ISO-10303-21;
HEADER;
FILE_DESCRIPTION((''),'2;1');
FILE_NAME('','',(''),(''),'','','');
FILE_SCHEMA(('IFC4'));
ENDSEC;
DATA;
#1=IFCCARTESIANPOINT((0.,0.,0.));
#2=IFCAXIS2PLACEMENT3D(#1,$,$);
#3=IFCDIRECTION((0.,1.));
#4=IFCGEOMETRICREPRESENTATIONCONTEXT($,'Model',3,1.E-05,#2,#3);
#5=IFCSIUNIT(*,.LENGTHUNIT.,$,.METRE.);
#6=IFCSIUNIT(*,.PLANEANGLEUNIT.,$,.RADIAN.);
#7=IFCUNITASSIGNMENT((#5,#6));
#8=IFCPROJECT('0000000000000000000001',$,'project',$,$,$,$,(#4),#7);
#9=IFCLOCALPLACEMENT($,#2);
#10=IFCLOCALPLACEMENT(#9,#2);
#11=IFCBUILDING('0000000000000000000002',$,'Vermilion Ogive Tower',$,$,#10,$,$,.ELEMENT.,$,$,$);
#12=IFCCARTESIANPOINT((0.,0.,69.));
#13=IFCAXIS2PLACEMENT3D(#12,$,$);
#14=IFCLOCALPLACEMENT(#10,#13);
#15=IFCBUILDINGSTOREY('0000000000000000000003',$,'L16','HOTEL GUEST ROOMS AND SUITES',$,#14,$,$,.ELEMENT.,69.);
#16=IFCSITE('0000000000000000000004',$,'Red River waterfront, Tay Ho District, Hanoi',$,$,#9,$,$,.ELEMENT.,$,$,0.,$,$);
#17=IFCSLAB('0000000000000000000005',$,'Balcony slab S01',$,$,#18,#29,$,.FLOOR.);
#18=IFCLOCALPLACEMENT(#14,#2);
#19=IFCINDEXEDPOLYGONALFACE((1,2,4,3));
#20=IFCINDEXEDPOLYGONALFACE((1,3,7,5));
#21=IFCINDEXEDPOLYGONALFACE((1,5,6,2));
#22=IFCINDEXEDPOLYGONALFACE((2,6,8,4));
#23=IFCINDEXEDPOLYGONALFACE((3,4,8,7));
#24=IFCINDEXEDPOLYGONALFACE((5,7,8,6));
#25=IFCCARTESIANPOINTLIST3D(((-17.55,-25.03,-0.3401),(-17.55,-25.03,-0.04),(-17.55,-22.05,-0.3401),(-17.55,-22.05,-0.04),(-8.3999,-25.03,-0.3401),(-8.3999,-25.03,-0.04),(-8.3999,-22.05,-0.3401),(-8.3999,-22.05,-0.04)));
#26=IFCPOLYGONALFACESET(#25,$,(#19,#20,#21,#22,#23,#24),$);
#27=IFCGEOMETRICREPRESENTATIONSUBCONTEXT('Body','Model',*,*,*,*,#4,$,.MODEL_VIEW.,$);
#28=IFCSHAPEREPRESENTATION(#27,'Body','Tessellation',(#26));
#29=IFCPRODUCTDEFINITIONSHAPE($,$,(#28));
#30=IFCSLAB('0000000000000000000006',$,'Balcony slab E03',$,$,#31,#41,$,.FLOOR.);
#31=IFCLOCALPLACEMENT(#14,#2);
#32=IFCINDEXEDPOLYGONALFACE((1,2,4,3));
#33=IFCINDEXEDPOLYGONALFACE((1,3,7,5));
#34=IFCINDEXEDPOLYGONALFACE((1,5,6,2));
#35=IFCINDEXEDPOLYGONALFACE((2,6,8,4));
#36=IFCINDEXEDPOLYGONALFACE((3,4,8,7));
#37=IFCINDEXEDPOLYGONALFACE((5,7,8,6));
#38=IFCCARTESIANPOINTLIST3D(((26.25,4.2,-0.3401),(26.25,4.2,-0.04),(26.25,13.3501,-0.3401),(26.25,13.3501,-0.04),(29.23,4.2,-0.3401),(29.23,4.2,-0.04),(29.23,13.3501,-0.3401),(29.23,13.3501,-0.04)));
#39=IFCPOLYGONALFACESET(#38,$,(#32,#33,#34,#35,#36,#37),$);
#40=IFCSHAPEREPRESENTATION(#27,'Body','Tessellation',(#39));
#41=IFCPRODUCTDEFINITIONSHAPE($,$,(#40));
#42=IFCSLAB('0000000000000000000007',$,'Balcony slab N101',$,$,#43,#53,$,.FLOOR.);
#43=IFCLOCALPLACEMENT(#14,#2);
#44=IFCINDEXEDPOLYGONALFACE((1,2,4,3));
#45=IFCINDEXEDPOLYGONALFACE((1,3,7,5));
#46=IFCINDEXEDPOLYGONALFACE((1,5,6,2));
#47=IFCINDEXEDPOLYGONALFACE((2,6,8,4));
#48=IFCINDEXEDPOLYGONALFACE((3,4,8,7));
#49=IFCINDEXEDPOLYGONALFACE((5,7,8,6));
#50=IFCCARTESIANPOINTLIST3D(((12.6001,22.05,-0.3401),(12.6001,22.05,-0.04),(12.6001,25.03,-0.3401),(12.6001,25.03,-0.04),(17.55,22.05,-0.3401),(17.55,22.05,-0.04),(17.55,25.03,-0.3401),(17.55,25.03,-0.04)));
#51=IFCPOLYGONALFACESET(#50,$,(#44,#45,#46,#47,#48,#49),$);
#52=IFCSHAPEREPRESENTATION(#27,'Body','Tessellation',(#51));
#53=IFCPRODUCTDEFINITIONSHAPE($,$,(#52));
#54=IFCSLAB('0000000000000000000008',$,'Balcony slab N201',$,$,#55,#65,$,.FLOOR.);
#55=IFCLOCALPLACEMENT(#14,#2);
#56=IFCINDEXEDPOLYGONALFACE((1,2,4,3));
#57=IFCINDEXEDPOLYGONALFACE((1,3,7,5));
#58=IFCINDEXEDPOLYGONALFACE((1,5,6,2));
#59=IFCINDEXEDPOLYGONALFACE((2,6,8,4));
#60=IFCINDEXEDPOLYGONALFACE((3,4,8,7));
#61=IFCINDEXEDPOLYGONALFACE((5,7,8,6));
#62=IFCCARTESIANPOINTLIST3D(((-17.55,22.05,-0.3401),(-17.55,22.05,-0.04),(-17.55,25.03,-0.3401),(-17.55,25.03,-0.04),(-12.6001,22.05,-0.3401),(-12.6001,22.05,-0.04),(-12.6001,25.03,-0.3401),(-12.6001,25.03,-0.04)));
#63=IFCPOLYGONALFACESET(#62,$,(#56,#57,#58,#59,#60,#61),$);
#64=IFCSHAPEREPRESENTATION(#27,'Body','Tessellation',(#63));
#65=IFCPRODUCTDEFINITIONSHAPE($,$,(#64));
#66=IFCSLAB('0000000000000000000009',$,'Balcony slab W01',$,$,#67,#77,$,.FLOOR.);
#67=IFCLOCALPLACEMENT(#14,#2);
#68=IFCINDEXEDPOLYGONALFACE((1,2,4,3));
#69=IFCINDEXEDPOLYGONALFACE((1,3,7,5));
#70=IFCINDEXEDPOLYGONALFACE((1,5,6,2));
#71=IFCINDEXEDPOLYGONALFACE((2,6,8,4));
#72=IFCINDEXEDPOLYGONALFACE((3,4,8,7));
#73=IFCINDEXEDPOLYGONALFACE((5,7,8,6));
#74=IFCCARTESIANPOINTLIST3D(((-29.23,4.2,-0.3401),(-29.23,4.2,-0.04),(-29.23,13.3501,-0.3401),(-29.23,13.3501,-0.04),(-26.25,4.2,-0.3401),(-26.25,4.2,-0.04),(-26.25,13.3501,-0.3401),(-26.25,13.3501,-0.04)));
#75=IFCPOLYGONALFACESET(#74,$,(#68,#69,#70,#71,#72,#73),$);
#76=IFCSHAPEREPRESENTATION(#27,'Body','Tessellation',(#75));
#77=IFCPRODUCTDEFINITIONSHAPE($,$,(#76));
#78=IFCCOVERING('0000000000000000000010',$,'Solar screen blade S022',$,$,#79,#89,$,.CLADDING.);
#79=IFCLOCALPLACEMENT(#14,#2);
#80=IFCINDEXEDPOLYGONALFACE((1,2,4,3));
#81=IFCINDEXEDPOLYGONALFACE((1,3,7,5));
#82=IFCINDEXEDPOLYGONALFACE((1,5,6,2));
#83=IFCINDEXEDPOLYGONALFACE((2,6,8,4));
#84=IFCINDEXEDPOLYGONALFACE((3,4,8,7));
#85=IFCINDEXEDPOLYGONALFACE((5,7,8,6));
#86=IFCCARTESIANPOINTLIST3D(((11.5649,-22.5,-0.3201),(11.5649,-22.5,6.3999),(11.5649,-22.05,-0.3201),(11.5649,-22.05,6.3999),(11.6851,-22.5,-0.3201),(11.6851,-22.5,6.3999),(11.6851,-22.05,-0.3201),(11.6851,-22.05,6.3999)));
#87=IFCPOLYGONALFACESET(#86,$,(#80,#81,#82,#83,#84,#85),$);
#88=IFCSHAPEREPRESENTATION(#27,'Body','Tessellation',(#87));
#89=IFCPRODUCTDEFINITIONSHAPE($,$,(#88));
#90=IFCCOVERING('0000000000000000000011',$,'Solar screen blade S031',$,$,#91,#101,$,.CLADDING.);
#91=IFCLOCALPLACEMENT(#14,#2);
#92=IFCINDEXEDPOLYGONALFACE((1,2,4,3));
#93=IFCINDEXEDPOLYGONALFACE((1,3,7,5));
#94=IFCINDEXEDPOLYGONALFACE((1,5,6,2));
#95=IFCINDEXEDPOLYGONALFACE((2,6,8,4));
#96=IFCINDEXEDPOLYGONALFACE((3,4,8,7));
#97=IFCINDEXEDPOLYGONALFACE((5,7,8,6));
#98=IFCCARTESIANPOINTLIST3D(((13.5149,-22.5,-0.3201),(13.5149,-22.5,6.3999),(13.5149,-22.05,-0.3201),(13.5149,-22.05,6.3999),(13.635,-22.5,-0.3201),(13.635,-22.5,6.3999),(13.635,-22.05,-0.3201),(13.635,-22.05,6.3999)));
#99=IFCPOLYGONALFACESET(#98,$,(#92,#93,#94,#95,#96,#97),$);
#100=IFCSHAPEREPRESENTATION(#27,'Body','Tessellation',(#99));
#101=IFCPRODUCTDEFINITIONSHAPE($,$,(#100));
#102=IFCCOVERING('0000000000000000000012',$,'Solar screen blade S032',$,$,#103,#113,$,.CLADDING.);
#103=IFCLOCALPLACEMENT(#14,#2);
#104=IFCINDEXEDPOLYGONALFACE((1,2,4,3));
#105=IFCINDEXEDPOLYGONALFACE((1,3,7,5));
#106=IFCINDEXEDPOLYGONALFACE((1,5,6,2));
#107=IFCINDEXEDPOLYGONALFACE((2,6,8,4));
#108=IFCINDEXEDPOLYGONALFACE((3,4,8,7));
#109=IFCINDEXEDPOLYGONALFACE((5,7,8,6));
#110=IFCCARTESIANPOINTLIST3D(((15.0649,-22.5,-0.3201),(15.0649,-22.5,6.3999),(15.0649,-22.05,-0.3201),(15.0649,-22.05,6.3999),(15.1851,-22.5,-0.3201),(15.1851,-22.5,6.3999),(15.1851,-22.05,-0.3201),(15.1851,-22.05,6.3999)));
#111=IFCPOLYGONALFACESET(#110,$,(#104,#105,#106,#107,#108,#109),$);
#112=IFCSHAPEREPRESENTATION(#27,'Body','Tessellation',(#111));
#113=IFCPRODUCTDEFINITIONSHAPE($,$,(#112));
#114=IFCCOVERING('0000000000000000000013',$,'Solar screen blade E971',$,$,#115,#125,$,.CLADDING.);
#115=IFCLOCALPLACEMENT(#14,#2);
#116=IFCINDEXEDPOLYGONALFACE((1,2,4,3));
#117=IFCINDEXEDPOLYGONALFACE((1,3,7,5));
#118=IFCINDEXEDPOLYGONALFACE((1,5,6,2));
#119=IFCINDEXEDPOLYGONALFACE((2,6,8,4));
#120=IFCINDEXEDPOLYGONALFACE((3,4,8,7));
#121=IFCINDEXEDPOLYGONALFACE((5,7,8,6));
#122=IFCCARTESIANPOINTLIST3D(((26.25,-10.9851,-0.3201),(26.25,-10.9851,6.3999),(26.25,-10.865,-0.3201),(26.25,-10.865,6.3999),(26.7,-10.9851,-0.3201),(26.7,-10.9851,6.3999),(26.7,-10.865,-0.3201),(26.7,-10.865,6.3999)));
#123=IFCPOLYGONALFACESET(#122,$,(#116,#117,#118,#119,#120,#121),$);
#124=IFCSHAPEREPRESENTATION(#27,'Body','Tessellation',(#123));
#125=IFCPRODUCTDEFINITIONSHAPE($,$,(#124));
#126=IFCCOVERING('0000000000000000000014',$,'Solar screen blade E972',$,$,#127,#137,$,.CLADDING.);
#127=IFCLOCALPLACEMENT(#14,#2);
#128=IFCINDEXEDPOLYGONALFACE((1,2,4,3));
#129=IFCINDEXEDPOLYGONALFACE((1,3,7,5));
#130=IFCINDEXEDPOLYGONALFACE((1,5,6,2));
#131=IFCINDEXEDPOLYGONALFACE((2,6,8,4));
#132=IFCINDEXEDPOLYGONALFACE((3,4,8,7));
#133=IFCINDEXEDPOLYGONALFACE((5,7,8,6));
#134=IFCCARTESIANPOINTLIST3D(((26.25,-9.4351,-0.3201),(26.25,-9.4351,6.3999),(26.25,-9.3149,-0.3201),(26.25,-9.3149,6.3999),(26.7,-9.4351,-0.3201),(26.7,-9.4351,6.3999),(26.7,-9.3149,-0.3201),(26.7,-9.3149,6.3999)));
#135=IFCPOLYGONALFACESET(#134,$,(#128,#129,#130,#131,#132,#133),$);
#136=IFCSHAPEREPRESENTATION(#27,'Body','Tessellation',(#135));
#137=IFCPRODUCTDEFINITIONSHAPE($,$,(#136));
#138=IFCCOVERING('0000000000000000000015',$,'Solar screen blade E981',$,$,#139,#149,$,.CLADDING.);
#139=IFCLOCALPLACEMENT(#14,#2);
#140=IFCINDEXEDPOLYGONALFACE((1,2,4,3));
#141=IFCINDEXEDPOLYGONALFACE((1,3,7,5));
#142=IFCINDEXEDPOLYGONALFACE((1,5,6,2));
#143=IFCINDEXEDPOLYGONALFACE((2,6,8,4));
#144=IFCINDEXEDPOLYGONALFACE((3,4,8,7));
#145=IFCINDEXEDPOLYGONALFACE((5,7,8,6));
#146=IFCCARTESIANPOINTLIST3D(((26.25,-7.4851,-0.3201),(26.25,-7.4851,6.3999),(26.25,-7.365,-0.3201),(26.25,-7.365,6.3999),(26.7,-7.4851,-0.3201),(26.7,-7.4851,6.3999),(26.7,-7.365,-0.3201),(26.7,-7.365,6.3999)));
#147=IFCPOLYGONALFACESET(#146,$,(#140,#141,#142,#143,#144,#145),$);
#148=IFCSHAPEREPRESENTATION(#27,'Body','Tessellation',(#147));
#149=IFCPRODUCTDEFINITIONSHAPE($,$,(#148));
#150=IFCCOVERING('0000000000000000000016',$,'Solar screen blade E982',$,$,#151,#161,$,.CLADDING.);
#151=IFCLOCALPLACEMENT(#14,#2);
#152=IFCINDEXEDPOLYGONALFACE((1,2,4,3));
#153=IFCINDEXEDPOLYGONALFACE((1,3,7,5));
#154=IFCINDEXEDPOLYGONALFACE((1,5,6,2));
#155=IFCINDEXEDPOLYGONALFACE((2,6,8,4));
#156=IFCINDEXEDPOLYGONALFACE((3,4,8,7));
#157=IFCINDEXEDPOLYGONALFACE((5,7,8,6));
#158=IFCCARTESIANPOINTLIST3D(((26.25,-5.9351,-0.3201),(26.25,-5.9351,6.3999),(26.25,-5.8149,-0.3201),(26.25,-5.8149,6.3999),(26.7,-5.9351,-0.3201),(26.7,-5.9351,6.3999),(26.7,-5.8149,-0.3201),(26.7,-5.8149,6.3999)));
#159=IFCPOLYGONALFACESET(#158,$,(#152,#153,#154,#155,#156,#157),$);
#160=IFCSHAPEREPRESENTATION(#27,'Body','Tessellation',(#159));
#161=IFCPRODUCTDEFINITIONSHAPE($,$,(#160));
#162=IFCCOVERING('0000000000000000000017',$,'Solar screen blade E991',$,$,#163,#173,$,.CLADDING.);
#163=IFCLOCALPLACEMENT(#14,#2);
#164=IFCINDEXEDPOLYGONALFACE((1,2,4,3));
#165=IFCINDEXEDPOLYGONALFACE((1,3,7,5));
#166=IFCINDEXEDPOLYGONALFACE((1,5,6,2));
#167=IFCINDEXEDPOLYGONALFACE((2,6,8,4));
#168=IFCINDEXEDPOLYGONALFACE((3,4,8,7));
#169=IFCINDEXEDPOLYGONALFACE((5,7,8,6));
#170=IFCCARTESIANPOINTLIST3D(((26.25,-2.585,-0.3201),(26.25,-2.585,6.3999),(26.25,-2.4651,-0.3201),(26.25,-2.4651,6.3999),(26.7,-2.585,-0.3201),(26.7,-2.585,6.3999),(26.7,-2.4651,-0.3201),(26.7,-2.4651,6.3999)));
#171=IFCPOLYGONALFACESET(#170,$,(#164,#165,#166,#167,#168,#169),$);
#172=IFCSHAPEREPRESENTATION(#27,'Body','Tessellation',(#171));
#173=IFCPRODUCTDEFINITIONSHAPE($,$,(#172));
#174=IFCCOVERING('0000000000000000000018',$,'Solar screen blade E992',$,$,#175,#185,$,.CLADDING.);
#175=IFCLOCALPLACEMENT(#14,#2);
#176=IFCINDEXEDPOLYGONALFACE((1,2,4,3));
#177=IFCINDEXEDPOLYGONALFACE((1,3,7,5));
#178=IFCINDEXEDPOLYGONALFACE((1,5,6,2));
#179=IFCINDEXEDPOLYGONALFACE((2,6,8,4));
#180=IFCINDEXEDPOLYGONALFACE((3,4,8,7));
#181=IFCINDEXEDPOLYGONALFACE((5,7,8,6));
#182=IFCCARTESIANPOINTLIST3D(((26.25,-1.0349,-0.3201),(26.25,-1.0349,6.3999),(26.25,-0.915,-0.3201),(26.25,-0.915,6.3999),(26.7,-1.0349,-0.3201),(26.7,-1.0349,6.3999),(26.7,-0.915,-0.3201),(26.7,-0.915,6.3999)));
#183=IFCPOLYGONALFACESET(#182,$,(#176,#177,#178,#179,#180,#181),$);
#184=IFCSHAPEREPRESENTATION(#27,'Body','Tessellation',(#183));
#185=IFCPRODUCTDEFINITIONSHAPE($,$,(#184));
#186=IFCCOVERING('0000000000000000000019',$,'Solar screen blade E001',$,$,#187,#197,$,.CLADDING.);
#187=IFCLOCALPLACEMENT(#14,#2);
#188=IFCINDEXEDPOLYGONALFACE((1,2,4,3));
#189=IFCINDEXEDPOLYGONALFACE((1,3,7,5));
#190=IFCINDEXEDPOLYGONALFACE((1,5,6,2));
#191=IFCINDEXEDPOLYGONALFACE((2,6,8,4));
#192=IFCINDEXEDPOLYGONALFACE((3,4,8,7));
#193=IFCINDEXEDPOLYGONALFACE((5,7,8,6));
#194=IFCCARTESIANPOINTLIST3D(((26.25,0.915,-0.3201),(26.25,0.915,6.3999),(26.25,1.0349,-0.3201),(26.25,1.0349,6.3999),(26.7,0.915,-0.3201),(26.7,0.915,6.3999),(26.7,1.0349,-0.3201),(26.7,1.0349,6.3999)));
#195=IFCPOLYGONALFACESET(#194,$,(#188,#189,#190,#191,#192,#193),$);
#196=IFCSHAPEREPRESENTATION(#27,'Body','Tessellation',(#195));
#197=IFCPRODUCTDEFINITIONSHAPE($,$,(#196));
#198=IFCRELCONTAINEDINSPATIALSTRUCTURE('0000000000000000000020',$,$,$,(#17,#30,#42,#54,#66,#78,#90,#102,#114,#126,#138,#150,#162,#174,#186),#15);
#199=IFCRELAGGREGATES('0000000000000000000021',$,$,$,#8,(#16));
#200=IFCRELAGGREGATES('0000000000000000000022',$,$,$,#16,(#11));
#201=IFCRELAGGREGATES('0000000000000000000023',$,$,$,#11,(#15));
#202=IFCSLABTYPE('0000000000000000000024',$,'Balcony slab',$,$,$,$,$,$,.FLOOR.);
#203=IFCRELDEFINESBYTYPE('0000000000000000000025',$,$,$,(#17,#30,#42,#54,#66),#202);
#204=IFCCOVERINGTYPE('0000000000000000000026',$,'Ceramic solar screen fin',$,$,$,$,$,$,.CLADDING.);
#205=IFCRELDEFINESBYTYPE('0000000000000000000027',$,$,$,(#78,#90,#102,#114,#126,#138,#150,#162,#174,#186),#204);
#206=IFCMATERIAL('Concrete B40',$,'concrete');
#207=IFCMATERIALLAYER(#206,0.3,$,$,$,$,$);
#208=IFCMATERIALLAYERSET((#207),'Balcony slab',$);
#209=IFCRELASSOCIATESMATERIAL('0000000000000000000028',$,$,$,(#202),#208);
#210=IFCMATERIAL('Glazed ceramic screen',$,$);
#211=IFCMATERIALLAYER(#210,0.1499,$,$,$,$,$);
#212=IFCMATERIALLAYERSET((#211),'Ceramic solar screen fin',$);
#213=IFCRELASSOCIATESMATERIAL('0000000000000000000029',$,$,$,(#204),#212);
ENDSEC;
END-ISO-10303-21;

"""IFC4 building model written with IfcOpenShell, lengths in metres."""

from ifc_helpers import new_model, si_unit, direction, frame, origin, place, context, subcontext, project, spatial, polyline, outline, extrude, material, layer, layer_set, type_object, element, save


model = new_model("IFC4")

# Units and contexts
model_context = context("Model", 3, precision=1e-05, world=origin(), true_north=direction((0.0, 1.0)))
body_context = subcontext(model_context, "Body", "Model", "MODEL_VIEW")
ifc_project = project(units=[si_unit("LENGTHUNIT", "METRE"), si_unit("PLANEANGLEUNIT", "RADIAN")], contexts=[model_context])

# Site, building, storey
site_placement = place(None, origin())
site = spatial("IfcSite", under=ifc_project, at=site_placement, Name="Red River waterfront, Tay Ho District, Hanoi", CompositionType="ELEMENT", RefElevation=0.0)
building_placement = place(site_placement, origin())
building = spatial("IfcBuilding", under=site, at=building_placement, Name="Vermilion Ogive Tower", CompositionType="ELEMENT")
storey_placement = place(building_placement, frame((0.0, 0.0, 69.0)))
storey = spatial("IfcBuildingStorey", under=building, at=storey_placement, Name="L16", Description="HOTEL GUEST ROOMS AND SUITES", CompositionType="ELEMENT", Elevation=69.0)

# Slabs
ifc_material_1 = material(Name="Concrete B40", Category="concrete")
ifc_layer_1 = layer(ifc_material_1, 0.3)
ifc_layer_set_1 = layer_set([ifc_layer_1], Name="Balcony slab")
slab_type = type_object("IfcSlabType", Name="Balcony slab", PredefinedType="FLOOR", material=ifc_layer_set_1)
slab_1_placement = place(storey_placement, frame((0.0, 0.0, -0.3401)))
element("IfcSlab", 1, at=slab_1_placement, inside=storey, type_object=slab_type, Name="Balcony slab S01", PredefinedType="FLOOR", context=body_context, shape_type="SweptSolid", body=[
    extrude(outline(polyline([(-17.55, -25.03), (-8.3999, -25.03), (-8.3999, -22.05), (-17.55, -22.05), (-17.55, -25.03)])), origin(), (0.0, 0.0, 1.0), 0.3),
])
slab_2_placement = place(storey_placement, frame((0.0, 0.0, -0.3401)))
element("IfcSlab", 2, at=slab_2_placement, inside=storey, type_object=slab_type, Name="Balcony slab E03", PredefinedType="FLOOR", context=body_context, shape_type="SweptSolid", body=[
    extrude(outline(polyline([(29.23, 4.2), (29.23, 13.3501), (26.25, 13.3501), (26.25, 4.2), (29.23, 4.2)])), origin(), (0.0, 0.0, 1.0), 0.3),
])
slab_3_placement = place(storey_placement, frame((0.0, 0.0, -0.3401)))
element("IfcSlab", 3, at=slab_3_placement, inside=storey, type_object=slab_type, Name="Balcony slab N101", PredefinedType="FLOOR", context=body_context, shape_type="SweptSolid", body=[
    extrude(outline(polyline([(17.55, 25.03), (12.6001, 25.03), (12.6001, 22.05), (17.55, 22.05), (17.55, 25.03)])), origin(), (0.0, 0.0, 1.0), 0.3),
])
slab_4_placement = place(storey_placement, frame((0.0, 0.0, -0.3401)))
element("IfcSlab", 4, at=slab_4_placement, inside=storey, type_object=slab_type, Name="Balcony slab N201", PredefinedType="FLOOR", context=body_context, shape_type="SweptSolid", body=[
    extrude(outline(polyline([(-12.6001, 25.03), (-17.55, 25.03), (-17.55, 22.05), (-12.6001, 22.05), (-12.6001, 25.03)])), origin(), (0.0, 0.0, 1.0), 0.3),
])
slab_5_placement = place(storey_placement, frame((0.0, 0.0, -0.3401)))
element("IfcSlab", 5, at=slab_5_placement, inside=storey, type_object=slab_type, Name="Balcony slab W01", PredefinedType="FLOOR", context=body_context, shape_type="SweptSolid", body=[
    extrude(outline(polyline([(-29.23, 13.3501), (-29.23, 4.2), (-26.25, 4.2), (-26.25, 13.3501), (-29.23, 13.3501)])), origin(), (0.0, 0.0, 1.0), 0.3),
])

# Coverings
ifc_material_2 = material(Name="Glazed ceramic screen")
ifc_layer_2 = layer(ifc_material_2, 0.1499)
ifc_layer_set_2 = layer_set([ifc_layer_2], Name="Ceramic solar screen fin")
covering_type_1 = type_object("IfcCoveringType", Name="Ceramic solar screen fin", PredefinedType="CLADDING", material=ifc_layer_set_2)
covering_1_placement = place(storey_placement, frame((0.0, 0.0, -0.3201)))
element("IfcCovering", 6, at=covering_1_placement, inside=storey, type_object=covering_type_1, Name="Solar screen blade S022", PredefinedType="CLADDING", context=body_context, shape_type="SweptSolid", body=[
    extrude(outline(polyline([(11.5649, -22.5), (11.6851, -22.5), (11.6851, -22.05), (11.5649, -22.05), (11.5649, -22.5)])), origin(), (0.0, 0.0, 1.0), 6.72),
])
covering_2_placement = place(storey_placement, frame((0.0, 0.0, -0.3201)))
element("IfcCovering", 7, at=covering_2_placement, inside=storey, type_object=covering_type_1, Name="Solar screen blade S031", PredefinedType="CLADDING", context=body_context, shape_type="SweptSolid", body=[
    extrude(outline(polyline([(13.5149, -22.5), (13.635, -22.5), (13.635, -22.05), (13.5149, -22.05), (13.5149, -22.5)])), origin(), (0.0, 0.0, 1.0), 6.72),
])
covering_3_placement = place(storey_placement, frame((0.0, 0.0, -0.3201)))
element("IfcCovering", 8, at=covering_3_placement, inside=storey, type_object=covering_type_1, Name="Solar screen blade S032", PredefinedType="CLADDING", context=body_context, shape_type="SweptSolid", body=[
    extrude(outline(polyline([(15.0649, -22.5), (15.1851, -22.5), (15.1851, -22.05), (15.0649, -22.05), (15.0649, -22.5)])), origin(), (0.0, 0.0, 1.0), 6.72),
])
covering_4_placement = place(storey_placement, frame((0.0, 0.0, -0.3201)))
element("IfcCovering", 9, at=covering_4_placement, inside=storey, type_object=covering_type_1, Name="Solar screen blade E971", PredefinedType="CLADDING", context=body_context, shape_type="SweptSolid", body=[
    extrude(outline(polyline([(26.7, -10.9851), (26.7, -10.865), (26.25, -10.865), (26.25, -10.9851), (26.7, -10.9851)])), origin(), (0.0, 0.0, 1.0), 6.72),
])
covering_5_placement = place(storey_placement, frame((0.0, 0.0, -0.3201)))
element("IfcCovering", 10, at=covering_5_placement, inside=storey, type_object=covering_type_1, Name="Solar screen blade E972", PredefinedType="CLADDING", context=body_context, shape_type="SweptSolid", body=[
    extrude(outline(polyline([(26.7, -9.4351), (26.7, -9.3149), (26.25, -9.3149), (26.25, -9.4351), (26.7, -9.4351)])), origin(), (0.0, 0.0, 1.0), 6.72),
])
covering_6_placement = place(storey_placement, frame((0.0, 0.0, -0.3201)))
element("IfcCovering", 11, at=covering_6_placement, inside=storey, type_object=covering_type_1, Name="Solar screen blade E981", PredefinedType="CLADDING", context=body_context, shape_type="SweptSolid", body=[
    extrude(outline(polyline([(26.7, -7.4851), (26.7, -7.365), (26.25, -7.365), (26.25, -7.4851), (26.7, -7.4851)])), origin(), (0.0, 0.0, 1.0), 6.72),
])
covering_7_placement = place(storey_placement, frame((0.0, 0.0, -0.3201)))
element("IfcCovering", 12, at=covering_7_placement, inside=storey, type_object=covering_type_1, Name="Solar screen blade E982", PredefinedType="CLADDING", context=body_context, shape_type="SweptSolid", body=[
    extrude(outline(polyline([(26.7, -5.9351), (26.7, -5.8149), (26.25, -5.8149), (26.25, -5.9351), (26.7, -5.9351)])), origin(), (0.0, 0.0, 1.0), 6.72),
])
covering_8_placement = place(storey_placement, frame((0.0, 0.0, -0.3201)))
element("IfcCovering", 13, at=covering_8_placement, inside=storey, type_object=covering_type_1, Name="Solar screen blade E991", PredefinedType="CLADDING", context=body_context, shape_type="SweptSolid", body=[
    extrude(outline(polyline([(26.7, -2.585), (26.7, -2.4651), (26.25, -2.4651), (26.25, -2.585), (26.7, -2.585)])), origin(), (0.0, 0.0, 1.0), 6.72),
])
covering_9_placement = place(storey_placement, frame((0.0, 0.0, -0.3201)))
element("IfcCovering", 14, at=covering_9_placement, inside=storey, type_object=covering_type_1, Name="Solar screen blade E992", PredefinedType="CLADDING", context=body_context, shape_type="SweptSolid", body=[
    extrude(outline(polyline([(26.7, -1.0349), (26.7, -0.915), (26.25, -0.915), (26.25, -1.0349), (26.7, -1.0349)])), origin(), (0.0, 0.0, 1.0), 6.72),
])
covering_10_placement = place(storey_placement, frame((0.0, 0.0, -0.3201)))
element("IfcCovering", 15, at=covering_10_placement, inside=storey, type_object=covering_type_1, Name="Solar screen blade E001", PredefinedType="CLADDING", context=body_context, shape_type="SweptSolid", body=[
    extrude(outline(polyline([(26.7, 0.915), (26.7, 1.0349), (26.25, 1.0349), (26.25, 0.915), (26.7, 0.915)])), origin(), (0.0, 0.0, 1.0), 6.72),
])

save(model, "model.ifc")
